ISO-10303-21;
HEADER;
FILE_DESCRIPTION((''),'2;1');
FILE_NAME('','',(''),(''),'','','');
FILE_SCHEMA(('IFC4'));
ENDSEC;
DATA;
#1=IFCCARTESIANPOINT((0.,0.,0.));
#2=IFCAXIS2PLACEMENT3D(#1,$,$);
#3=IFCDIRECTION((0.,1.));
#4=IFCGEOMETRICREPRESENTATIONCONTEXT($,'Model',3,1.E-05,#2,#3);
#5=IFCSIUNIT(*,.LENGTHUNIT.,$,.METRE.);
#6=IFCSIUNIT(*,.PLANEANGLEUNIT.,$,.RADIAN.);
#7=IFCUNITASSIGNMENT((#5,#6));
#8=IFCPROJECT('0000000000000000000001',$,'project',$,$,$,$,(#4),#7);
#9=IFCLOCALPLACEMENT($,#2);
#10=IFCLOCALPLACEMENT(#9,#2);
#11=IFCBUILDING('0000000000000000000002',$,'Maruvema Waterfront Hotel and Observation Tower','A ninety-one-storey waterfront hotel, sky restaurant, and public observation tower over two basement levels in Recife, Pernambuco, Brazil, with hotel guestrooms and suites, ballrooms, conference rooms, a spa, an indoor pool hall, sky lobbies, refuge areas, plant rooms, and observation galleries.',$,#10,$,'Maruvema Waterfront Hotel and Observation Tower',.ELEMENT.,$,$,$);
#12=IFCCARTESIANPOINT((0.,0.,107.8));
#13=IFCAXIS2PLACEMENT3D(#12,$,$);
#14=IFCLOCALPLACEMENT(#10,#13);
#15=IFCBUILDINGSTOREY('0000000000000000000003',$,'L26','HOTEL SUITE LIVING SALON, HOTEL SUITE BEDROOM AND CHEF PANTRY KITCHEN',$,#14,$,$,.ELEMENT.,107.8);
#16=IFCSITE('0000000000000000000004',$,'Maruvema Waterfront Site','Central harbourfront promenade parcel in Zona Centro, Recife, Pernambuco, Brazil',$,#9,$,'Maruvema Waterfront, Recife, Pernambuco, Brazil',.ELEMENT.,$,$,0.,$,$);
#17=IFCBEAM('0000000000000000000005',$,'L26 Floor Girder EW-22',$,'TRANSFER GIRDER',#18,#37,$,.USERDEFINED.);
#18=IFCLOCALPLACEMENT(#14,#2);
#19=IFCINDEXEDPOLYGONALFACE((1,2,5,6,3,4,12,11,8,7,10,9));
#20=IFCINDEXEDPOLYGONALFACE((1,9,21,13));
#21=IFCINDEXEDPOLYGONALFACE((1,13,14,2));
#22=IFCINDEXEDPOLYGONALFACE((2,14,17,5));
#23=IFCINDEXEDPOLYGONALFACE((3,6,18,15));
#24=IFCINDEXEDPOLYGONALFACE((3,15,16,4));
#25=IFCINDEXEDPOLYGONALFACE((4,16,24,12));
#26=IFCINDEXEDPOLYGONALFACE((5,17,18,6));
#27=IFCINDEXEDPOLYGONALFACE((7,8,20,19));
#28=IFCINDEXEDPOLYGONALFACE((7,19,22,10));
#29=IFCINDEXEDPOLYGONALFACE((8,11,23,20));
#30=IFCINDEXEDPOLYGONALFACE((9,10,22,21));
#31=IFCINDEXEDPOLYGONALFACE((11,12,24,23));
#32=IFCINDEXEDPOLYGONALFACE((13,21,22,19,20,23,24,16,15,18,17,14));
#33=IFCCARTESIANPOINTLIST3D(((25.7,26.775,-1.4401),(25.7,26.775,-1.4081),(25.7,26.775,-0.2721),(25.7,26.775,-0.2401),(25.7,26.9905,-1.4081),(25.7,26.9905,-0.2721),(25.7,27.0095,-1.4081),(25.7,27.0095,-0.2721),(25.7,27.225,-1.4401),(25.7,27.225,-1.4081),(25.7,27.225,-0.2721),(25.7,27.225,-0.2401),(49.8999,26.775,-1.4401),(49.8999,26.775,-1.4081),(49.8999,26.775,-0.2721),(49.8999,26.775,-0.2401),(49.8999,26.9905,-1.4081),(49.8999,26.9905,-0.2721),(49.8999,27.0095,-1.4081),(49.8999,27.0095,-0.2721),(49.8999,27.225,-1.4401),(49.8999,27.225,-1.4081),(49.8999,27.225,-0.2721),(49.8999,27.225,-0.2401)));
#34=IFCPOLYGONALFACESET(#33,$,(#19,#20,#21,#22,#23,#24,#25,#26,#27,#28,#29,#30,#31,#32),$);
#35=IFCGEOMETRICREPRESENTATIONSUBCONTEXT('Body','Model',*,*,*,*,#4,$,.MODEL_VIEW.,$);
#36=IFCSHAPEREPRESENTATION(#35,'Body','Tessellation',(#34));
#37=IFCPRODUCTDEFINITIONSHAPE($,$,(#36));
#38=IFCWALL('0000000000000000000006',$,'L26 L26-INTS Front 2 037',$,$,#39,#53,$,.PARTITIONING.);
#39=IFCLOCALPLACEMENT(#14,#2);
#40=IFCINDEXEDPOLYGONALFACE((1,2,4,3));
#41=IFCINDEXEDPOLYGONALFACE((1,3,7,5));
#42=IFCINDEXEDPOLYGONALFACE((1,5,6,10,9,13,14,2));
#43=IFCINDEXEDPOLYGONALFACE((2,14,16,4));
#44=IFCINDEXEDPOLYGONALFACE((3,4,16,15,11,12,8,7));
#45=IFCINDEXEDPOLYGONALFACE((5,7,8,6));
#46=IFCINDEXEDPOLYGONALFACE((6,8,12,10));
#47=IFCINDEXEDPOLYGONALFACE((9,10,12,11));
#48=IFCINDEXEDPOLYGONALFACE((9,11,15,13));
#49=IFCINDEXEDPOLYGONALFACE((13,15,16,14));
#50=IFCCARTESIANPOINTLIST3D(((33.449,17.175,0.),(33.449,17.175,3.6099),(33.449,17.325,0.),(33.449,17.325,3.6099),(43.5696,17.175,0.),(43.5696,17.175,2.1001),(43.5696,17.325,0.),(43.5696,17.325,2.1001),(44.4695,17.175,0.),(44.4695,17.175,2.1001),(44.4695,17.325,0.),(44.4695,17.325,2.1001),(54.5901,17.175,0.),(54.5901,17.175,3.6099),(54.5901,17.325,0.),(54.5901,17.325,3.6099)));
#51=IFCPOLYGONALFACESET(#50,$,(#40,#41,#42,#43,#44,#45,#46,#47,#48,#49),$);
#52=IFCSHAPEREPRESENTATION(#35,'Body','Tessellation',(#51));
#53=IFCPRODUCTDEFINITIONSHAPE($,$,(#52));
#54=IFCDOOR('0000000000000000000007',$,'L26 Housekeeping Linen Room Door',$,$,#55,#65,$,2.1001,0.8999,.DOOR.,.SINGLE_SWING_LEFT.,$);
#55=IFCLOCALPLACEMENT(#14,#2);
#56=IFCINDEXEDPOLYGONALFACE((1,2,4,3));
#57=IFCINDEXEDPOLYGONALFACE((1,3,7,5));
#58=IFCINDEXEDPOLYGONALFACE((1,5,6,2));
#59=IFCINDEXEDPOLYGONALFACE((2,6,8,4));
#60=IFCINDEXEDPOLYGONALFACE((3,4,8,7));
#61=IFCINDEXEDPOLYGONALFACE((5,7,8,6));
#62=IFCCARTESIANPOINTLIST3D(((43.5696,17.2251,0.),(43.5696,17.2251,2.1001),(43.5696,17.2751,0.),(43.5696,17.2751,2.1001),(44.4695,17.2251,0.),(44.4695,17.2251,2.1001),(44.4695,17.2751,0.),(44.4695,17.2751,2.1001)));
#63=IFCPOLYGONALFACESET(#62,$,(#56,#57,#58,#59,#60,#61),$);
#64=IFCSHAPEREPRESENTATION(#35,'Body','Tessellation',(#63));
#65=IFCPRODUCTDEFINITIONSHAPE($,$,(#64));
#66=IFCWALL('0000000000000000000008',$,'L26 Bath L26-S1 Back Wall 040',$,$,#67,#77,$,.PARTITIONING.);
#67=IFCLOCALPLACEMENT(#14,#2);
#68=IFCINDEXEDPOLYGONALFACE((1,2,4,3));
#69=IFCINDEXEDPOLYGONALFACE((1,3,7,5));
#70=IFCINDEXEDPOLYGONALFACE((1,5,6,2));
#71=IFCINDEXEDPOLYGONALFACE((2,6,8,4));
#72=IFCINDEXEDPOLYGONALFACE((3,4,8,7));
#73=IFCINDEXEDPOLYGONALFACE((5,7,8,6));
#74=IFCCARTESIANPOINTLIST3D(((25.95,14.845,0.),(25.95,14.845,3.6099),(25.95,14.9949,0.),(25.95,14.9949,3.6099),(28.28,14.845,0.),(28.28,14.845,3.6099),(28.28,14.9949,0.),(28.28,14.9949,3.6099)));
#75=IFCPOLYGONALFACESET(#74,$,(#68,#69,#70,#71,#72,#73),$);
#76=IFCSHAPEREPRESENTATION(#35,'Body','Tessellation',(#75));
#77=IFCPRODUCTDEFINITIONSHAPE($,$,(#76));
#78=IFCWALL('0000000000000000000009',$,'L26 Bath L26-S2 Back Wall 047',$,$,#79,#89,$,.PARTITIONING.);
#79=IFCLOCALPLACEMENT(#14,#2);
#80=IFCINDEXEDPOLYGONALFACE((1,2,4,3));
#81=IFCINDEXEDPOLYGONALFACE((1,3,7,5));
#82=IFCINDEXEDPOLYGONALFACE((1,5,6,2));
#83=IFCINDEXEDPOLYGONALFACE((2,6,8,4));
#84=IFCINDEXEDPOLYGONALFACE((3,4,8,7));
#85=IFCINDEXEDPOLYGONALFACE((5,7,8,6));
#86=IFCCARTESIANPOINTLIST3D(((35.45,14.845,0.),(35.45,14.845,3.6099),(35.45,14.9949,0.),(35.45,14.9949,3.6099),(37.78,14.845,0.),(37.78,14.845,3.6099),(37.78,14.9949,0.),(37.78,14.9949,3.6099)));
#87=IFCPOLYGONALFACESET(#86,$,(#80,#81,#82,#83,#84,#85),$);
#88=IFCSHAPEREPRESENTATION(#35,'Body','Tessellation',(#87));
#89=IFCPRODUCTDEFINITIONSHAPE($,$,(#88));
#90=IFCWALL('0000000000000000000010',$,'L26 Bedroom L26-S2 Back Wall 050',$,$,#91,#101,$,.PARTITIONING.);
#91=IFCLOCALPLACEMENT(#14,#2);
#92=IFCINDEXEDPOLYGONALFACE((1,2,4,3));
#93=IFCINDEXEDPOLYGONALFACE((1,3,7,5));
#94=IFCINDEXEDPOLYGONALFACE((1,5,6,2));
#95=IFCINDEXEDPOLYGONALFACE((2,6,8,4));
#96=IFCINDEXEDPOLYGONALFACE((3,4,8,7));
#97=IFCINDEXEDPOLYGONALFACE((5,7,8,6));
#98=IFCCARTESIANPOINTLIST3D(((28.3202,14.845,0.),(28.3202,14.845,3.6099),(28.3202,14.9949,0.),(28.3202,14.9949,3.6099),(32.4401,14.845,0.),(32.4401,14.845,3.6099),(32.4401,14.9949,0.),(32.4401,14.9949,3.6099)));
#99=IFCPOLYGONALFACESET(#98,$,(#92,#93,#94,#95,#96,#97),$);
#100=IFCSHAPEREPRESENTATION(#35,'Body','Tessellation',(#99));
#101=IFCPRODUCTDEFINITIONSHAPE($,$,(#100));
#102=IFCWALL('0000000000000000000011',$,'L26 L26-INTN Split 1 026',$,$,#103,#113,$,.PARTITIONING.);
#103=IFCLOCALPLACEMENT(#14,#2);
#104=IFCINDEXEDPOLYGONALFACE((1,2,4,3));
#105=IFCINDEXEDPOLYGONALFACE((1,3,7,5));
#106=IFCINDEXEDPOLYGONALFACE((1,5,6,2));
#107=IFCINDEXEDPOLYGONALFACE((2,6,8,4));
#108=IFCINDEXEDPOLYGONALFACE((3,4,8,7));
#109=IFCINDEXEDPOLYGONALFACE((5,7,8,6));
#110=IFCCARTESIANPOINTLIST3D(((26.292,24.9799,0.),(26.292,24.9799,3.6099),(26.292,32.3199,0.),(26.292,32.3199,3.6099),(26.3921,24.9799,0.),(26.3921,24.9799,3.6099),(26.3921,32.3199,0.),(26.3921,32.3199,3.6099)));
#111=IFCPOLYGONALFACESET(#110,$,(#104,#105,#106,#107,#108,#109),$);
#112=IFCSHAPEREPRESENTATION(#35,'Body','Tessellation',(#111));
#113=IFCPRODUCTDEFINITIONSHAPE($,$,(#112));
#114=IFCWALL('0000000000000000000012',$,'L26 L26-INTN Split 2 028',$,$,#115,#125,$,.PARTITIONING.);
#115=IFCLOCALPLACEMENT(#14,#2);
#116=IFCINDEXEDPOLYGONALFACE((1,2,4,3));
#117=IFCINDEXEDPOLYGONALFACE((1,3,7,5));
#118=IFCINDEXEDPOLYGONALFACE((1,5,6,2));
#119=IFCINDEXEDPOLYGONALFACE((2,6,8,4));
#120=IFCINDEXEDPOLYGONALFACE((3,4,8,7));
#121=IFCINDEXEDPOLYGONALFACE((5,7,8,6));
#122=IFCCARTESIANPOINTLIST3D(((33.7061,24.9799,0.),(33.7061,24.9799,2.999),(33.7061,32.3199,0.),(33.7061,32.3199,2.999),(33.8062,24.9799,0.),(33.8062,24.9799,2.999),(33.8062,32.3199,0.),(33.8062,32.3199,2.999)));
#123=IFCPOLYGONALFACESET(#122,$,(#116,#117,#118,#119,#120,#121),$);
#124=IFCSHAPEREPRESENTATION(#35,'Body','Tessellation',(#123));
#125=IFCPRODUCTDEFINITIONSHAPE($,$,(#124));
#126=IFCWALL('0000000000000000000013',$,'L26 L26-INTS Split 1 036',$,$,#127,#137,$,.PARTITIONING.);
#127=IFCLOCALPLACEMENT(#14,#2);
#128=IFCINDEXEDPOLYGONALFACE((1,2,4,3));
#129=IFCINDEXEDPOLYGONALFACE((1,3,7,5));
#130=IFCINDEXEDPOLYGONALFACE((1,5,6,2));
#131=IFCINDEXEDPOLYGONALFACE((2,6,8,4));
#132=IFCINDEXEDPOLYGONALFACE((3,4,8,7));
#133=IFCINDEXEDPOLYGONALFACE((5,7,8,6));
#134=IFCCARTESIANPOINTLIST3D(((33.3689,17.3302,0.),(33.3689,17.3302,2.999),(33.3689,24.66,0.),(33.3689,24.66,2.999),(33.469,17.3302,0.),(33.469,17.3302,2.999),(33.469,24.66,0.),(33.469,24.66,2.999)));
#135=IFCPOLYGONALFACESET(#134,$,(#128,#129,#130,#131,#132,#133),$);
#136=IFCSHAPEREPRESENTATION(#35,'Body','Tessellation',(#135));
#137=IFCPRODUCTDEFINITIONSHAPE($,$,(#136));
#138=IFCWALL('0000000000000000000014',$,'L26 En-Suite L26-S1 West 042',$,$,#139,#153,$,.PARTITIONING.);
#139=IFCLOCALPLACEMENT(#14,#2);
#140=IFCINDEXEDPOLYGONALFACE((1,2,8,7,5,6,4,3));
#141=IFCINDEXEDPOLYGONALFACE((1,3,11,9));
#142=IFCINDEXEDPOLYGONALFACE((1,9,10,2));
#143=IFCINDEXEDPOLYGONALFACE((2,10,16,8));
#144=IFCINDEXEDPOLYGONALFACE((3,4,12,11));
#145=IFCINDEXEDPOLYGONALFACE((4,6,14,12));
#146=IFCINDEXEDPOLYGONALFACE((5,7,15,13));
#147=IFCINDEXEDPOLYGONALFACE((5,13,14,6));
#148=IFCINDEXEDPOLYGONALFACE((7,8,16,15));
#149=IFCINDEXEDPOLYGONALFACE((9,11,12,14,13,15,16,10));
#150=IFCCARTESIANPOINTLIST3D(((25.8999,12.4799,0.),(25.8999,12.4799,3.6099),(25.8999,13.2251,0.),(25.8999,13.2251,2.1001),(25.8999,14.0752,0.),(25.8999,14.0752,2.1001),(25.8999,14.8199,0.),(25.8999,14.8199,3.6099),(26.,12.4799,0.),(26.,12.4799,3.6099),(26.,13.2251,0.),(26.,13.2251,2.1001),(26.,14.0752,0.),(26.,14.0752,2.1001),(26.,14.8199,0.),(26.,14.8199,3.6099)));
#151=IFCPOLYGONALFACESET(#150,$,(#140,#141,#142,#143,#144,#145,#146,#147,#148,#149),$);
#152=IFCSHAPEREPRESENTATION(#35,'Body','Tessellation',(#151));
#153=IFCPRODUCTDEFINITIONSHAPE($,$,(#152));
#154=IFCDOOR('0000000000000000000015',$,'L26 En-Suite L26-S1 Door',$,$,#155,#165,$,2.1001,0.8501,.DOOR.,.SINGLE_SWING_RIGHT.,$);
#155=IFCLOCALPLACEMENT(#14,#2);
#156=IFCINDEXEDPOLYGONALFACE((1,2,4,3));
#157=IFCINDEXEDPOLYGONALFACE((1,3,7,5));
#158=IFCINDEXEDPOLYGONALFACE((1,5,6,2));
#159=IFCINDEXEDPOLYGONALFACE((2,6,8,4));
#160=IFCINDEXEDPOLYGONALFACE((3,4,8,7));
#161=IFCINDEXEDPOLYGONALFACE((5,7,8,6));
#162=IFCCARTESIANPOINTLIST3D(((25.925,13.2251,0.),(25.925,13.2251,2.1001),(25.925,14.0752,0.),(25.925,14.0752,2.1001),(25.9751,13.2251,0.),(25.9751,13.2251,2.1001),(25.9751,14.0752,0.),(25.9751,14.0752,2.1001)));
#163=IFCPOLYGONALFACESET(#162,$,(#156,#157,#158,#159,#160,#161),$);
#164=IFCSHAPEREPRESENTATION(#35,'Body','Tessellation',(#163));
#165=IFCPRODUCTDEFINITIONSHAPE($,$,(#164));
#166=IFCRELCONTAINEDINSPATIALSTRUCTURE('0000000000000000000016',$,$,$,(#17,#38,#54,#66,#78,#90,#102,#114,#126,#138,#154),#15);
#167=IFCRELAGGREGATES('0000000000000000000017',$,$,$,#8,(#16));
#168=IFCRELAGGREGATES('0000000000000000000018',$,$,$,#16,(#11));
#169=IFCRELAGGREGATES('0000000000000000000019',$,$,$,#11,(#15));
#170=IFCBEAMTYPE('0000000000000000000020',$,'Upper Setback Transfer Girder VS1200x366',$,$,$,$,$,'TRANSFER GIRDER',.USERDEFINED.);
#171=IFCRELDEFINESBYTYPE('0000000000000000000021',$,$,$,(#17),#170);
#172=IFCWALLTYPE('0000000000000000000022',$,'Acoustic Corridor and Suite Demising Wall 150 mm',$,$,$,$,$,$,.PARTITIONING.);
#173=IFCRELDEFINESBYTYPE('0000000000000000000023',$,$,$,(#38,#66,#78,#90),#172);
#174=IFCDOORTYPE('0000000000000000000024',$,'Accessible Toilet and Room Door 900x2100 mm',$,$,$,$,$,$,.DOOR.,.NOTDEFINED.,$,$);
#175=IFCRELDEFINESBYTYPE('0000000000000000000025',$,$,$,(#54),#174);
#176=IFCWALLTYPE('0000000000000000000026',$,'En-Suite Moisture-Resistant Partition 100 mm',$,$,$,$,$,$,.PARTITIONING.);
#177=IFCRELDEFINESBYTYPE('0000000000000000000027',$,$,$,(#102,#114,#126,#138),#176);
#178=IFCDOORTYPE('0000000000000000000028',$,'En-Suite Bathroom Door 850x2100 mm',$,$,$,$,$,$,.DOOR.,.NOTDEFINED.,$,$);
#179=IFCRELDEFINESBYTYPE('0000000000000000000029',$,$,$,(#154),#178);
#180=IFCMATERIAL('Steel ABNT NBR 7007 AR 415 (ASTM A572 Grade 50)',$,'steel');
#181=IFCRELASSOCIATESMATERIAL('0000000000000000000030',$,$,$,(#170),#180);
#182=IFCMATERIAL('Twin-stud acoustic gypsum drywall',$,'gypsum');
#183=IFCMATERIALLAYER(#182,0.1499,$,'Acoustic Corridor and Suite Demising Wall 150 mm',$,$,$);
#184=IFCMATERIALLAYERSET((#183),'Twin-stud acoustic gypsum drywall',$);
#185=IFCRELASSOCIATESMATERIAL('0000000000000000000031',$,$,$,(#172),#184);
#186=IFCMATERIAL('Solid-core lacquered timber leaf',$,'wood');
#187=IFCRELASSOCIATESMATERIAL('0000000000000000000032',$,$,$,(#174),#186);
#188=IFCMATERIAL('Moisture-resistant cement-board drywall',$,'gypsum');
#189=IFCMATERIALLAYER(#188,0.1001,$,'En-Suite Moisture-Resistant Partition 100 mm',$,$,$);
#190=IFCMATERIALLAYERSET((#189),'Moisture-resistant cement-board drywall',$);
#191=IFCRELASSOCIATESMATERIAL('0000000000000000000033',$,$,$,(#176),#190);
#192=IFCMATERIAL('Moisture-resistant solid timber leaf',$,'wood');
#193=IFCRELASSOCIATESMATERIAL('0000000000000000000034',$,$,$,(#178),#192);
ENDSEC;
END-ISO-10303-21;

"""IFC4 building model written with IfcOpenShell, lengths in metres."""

from ifc_helpers import new_model, si_unit, direction, frame, frame_2d, origin, origin_2d, place, context, subcontext, project, spatial, rectangle, i_section, extrude, material, layer, layer_set, material_profile, profile_set, type_object, element, fill, save


model = new_model("IFC4")

# Units and contexts
model_context = context("Model", 3, precision=1e-05, world=origin(), true_north=direction((0.0, 1.0)))
body_context = subcontext(model_context, "Body", "Model", "MODEL_VIEW")
ifc_project = project(units=[si_unit("LENGTHUNIT", "METRE"), si_unit("PLANEANGLEUNIT", "RADIAN")], contexts=[model_context])

# Site, building, storey
site_placement = place(None, origin())
site = spatial("IfcSite", under=ifc_project, at=site_placement, Name="Maruvema Waterfront Site", Description="Central harbourfront promenade parcel in Zona Centro, Recife, Pernambuco, Brazil", LongName="Maruvema Waterfront, Recife, Pernambuco, Brazil", CompositionType="ELEMENT", RefElevation=0.0)
building_placement = place(site_placement, origin())
building = spatial("IfcBuilding", under=site, at=building_placement, Name="Maruvema Waterfront Hotel and Observation Tower", Description="A ninety-one-storey waterfront hotel, sky restaurant, and public observation tower over two basement levels in Recife, Pernambuco, Brazil, with hotel guestrooms and suites, ballrooms, conference rooms, a spa, an indoor pool hall, sky lobbies, refuge areas, plant rooms, and observation galleries.", LongName="Maruvema Waterfront Hotel and Observation Tower", CompositionType="ELEMENT")
storey_placement = place(building_placement, frame((0.0, 0.0, 107.8)))
storey = spatial("IfcBuildingStorey", under=building, at=storey_placement, Name="L26", Description="HOTEL SUITE LIVING SALON, HOTEL SUITE BEDROOM AND CHEF PANTRY KITCHEN", CompositionType="ELEMENT", Elevation=107.8)

# Beam
ifc_material_1 = material(Name="Steel ABNT NBR 7007 AR 415 (ASTM A572 Grade 50)", Category="steel")
ifc_material_profile_1 = material_profile(ifc_material_1, i_section(OverallWidth=0.45, OverallDepth=1.2, WebThickness=0.019, FlangeThickness=0.032, at=origin_2d()), Name="VS1200x366")
ifc_profile_set_1 = profile_set([ifc_material_profile_1], Name="Steel ABNT NBR 7007 AR 415 (ASTM A572 Grade 50)")
beam_type_1 = type_object("IfcBeamType", Name="Upper Setback Transfer Girder VS1200x366", ElementType="TRANSFER GIRDER", PredefinedType="USERDEFINED", material=ifc_profile_set_1)
beam_1_placement = place(storey_placement, frame((25.7, 27.0, -0.8401), z_axis=(1.0, 0.0, 0.0), x_axis=(0.0, 1.0, 0.0)))
element("IfcBeam", 1, at=beam_1_placement, inside=storey, type_object=beam_type_1, Name="L26 Floor Girder EW-22", ObjectType="TRANSFER GIRDER", PredefinedType="USERDEFINED", context=body_context, shape_type="SweptSolid", body=[
    extrude(i_section(OverallWidth=0.45, OverallDepth=1.2, WebThickness=0.019, FlangeThickness=0.032, at=origin_2d()), origin(), (0.0, 0.0, 1.0), 24.2),
])

# Wall, opening, door
ifc_material_2 = material(Name="Twin-stud acoustic gypsum drywall", Category="gypsum")
ifc_layer_1 = layer(ifc_material_2, 0.1499, Name="Acoustic Corridor and Suite Demising Wall 150 mm")
ifc_layer_set_1 = layer_set([ifc_layer_1], Name="Twin-stud acoustic gypsum drywall")
wall_type_1 = type_object("IfcWallType", Name="Acoustic Corridor and Suite Demising Wall 150 mm", PredefinedType="PARTITIONING", material=ifc_layer_set_1)
wall_1_placement = place(storey_placement, frame((33.449, 17.25, 0.0), z_axis=(0.0, 0.0, 1.0), x_axis=(1.0, 0.0, 0.0)))
wall_1 = element("IfcWall", 2, at=wall_1_placement, inside=storey, type_object=wall_type_1, Name="L26 L26-INTS Front 2 037", PredefinedType="PARTITIONING", context=body_context, shape_type="SweptSolid", body=[
    extrude(rectangle(XDim=21.1411, YDim=0.1499, at=frame_2d((10.5706, 0.0))), origin(), (0.0, 0.0, 1.0), 3.6099),
])
opening_1_placement = place(wall_1_placement, frame((10.1206, 0.0, 0.0)))
opening_1 = element("IfcOpeningElement", 3, at=opening_1_placement, cuts=wall_1, PredefinedType="OPENING", context=body_context, shape_type="SweptSolid", body=[
    extrude(rectangle(XDim=0.8999, YDim=2.1001, at=frame_2d((0.45, 1.05))), frame((0.0, 0.085, 0.0), z_axis=(0.0, -1.0, 0.0), x_axis=(1.0, 0.0, 0.0)), (0.0, 0.0, 1.0), 0.1699),
])
ifc_material_3 = material(Name="Solid-core lacquered timber leaf", Category="wood")
door_type_1 = type_object("IfcDoorType", Name="Accessible Toilet and Room Door 900x2100 mm", OperationType="NOTDEFINED", PredefinedType="DOOR", material=ifc_material_3)
door_1_placement = place(opening_1_placement, frame((0.8999, 0.0, 0.0), z_axis=(0.0, 0.0, 1.0), x_axis=(-1.0, 0.0, 0.0)))
door_1 = element("IfcDoor", 4, at=door_1_placement, inside=storey, type_object=door_type_1, Name="L26 Housekeeping Linen Room Door", OperationType="SINGLE_SWING_LEFT", OverallHeight=2.1001, OverallWidth=0.8999, PredefinedType="DOOR", context=body_context, shape_type="SweptSolid", body=[
    extrude(rectangle(XDim=0.8999, YDim=2.1001, at=frame_2d((0.45, 1.05))), frame((0.0, 0.0249, 0.0), z_axis=(0.0, -1.0, 0.0), x_axis=(1.0, 0.0, 0.0)), (0.0, 0.0, 1.0), 0.05),
])
fill(opening_1, door_1)

# Walls
for number, where, z_axis, x_axis, name in (
    (5, (25.95, 14.9199, 0.0), (0.0, 0.0, 1.0), (1.0, 0.0, 0.0), "L26 Bath L26-S1 Back Wall 040"),
    (6, (35.45, 14.9199, 0.0), (0.0, 0.0, 1.0), (1.0, 0.0, 0.0), "L26 Bath L26-S2 Back Wall 047"),
):
    element("IfcWall", number, at=place(storey_placement, frame(where, z_axis=z_axis, x_axis=x_axis)), inside=storey, type_object=wall_type_1, Name=name, PredefinedType="PARTITIONING", context=body_context, shape_type="SweptSolid", body=[
        extrude(rectangle(XDim=2.3301, YDim=0.1499, at=frame_2d((1.165, 0.0))), origin(), (0.0, 0.0, 1.0), 3.6099),
    ])
wall_2_placement = place(storey_placement, frame((28.3201, 14.9199, 0.0), z_axis=(0.0, 0.0, 1.0), x_axis=(1.0, 0.0, 0.0)))
element("IfcWall", 7, at=wall_2_placement, inside=storey, type_object=wall_type_1, Name="L26 Bedroom L26-S2 Back Wall 050", PredefinedType="PARTITIONING", context=body_context, shape_type="SweptSolid", body=[
    extrude(rectangle(XDim=4.1199, YDim=0.1499, at=frame_2d((2.0601, 0.0))), origin(), (0.0, 0.0, 1.0), 3.6099),
])

# Walls
ifc_material_4 = material(Name="Moisture-resistant cement-board drywall", Category="gypsum")
ifc_layer_2 = layer(ifc_material_4, 0.1001, Name="En-Suite Moisture-Resistant Partition 100 mm")
ifc_layer_set_2 = layer_set([ifc_layer_2], Name="Moisture-resistant cement-board drywall")
wall_type_2 = type_object("IfcWallType", Name="En-Suite Moisture-Resistant Partition 100 mm", PredefinedType="PARTITIONING", material=ifc_layer_set_2)
wall_3_placement = place(storey_placement, frame((26.342, 24.98, 0.0), z_axis=(0.0, 0.0, 1.0), x_axis=(0.0, 1.0, 0.0)))
element("IfcWall", 8, at=wall_3_placement, inside=storey, type_object=wall_type_2, Name="L26 L26-INTN Split 1 026", PredefinedType="PARTITIONING", context=body_context, shape_type="SweptSolid", body=[
    extrude(rectangle(XDim=7.3401, YDim=0.1001, at=frame_2d((3.6699, 0.0))), origin(), (0.0, 0.0, 1.0), 3.6099),
])
wall_4_placement = place(storey_placement, frame((33.7561, 24.98, 0.0), z_axis=(0.0, 0.0, 1.0), x_axis=(0.0, 1.0, 0.0)))
element("IfcWall", 9, at=wall_4_placement, inside=storey, type_object=wall_type_2, Name="L26 L26-INTN Split 2 028", PredefinedType="PARTITIONING", context=body_context, shape_type="SweptSolid", body=[
    extrude(rectangle(XDim=7.3401, YDim=0.1001, at=frame_2d((3.6699, 0.0))), origin(), (0.0, 0.0, 1.0), 2.999),
])
wall_5_placement = place(storey_placement, frame((33.4189, 17.3301, 0.0), z_axis=(0.0, 0.0, 1.0), x_axis=(0.0, 1.0, 0.0)))
element("IfcWall", 10, at=wall_5_placement, inside=storey, type_object=wall_type_2, Name="L26 L26-INTS Split 1 036", PredefinedType="PARTITIONING", context=body_context, shape_type="SweptSolid", body=[
    extrude(rectangle(XDim=7.3298, YDim=0.1001, at=frame_2d((3.665, 0.0))), origin(), (0.0, 0.0, 1.0), 2.999),
])

# Wall, opening, door
wall_6_placement = place(storey_placement, frame((25.95, 12.48, 0.0), z_axis=(0.0, 0.0, 1.0), x_axis=(0.0, 1.0, 0.0)))
wall_6 = element("IfcWall", 11, at=wall_6_placement, inside=storey, type_object=wall_type_2, Name="L26 En-Suite L26-S1 West 042", PredefinedType="PARTITIONING", context=body_context, shape_type="SweptSolid", body=[
    extrude(rectangle(XDim=2.3401, YDim=0.1001, at=frame_2d((1.1699, 0.0))), origin(), (0.0, 0.0, 1.0), 3.6099),
])
opening_2_placement = place(wall_6_placement, frame((0.7451, 0.0, 0.0)))
opening_2 = element("IfcOpeningElement", 12, at=opening_2_placement, cuts=wall_6, PredefinedType="OPENING", context=body_context, shape_type="SweptSolid", body=[
    extrude(rectangle(XDim=0.8501, YDim=2.1001, at=frame_2d((0.425, 1.05))), frame((0.0, 0.0601, 0.0), z_axis=(0.0, -1.0, 0.0), x_axis=(1.0, 0.0, 0.0)), (0.0, 0.0, 1.0), 0.1201),
])
ifc_material_5 = material(Name="Moisture-resistant solid timber leaf", Category="wood")
door_type_2 = type_object("IfcDoorType", Name="En-Suite Bathroom Door 850x2100 mm", OperationType="NOTDEFINED", PredefinedType="DOOR", material=ifc_material_5)
door_2_placement = place(opening_2_placement, origin())
door_2 = element("IfcDoor", 13, at=door_2_placement, inside=storey, type_object=door_type_2, Name="L26 En-Suite L26-S1 Door", OperationType="SINGLE_SWING_RIGHT", OverallHeight=2.1001, OverallWidth=0.8501, PredefinedType="DOOR", context=body_context, shape_type="SweptSolid", body=[
    extrude(rectangle(XDim=0.8501, YDim=2.1001, at=frame_2d((0.425, 1.05))), frame((0.0, 0.0249, 0.0), z_axis=(0.0, -1.0, 0.0), x_axis=(1.0, 0.0, 0.0)), (0.0, 0.0, 1.0), 0.05),
])
fill(opening_2, door_2)

save(model, "model.ifc")
